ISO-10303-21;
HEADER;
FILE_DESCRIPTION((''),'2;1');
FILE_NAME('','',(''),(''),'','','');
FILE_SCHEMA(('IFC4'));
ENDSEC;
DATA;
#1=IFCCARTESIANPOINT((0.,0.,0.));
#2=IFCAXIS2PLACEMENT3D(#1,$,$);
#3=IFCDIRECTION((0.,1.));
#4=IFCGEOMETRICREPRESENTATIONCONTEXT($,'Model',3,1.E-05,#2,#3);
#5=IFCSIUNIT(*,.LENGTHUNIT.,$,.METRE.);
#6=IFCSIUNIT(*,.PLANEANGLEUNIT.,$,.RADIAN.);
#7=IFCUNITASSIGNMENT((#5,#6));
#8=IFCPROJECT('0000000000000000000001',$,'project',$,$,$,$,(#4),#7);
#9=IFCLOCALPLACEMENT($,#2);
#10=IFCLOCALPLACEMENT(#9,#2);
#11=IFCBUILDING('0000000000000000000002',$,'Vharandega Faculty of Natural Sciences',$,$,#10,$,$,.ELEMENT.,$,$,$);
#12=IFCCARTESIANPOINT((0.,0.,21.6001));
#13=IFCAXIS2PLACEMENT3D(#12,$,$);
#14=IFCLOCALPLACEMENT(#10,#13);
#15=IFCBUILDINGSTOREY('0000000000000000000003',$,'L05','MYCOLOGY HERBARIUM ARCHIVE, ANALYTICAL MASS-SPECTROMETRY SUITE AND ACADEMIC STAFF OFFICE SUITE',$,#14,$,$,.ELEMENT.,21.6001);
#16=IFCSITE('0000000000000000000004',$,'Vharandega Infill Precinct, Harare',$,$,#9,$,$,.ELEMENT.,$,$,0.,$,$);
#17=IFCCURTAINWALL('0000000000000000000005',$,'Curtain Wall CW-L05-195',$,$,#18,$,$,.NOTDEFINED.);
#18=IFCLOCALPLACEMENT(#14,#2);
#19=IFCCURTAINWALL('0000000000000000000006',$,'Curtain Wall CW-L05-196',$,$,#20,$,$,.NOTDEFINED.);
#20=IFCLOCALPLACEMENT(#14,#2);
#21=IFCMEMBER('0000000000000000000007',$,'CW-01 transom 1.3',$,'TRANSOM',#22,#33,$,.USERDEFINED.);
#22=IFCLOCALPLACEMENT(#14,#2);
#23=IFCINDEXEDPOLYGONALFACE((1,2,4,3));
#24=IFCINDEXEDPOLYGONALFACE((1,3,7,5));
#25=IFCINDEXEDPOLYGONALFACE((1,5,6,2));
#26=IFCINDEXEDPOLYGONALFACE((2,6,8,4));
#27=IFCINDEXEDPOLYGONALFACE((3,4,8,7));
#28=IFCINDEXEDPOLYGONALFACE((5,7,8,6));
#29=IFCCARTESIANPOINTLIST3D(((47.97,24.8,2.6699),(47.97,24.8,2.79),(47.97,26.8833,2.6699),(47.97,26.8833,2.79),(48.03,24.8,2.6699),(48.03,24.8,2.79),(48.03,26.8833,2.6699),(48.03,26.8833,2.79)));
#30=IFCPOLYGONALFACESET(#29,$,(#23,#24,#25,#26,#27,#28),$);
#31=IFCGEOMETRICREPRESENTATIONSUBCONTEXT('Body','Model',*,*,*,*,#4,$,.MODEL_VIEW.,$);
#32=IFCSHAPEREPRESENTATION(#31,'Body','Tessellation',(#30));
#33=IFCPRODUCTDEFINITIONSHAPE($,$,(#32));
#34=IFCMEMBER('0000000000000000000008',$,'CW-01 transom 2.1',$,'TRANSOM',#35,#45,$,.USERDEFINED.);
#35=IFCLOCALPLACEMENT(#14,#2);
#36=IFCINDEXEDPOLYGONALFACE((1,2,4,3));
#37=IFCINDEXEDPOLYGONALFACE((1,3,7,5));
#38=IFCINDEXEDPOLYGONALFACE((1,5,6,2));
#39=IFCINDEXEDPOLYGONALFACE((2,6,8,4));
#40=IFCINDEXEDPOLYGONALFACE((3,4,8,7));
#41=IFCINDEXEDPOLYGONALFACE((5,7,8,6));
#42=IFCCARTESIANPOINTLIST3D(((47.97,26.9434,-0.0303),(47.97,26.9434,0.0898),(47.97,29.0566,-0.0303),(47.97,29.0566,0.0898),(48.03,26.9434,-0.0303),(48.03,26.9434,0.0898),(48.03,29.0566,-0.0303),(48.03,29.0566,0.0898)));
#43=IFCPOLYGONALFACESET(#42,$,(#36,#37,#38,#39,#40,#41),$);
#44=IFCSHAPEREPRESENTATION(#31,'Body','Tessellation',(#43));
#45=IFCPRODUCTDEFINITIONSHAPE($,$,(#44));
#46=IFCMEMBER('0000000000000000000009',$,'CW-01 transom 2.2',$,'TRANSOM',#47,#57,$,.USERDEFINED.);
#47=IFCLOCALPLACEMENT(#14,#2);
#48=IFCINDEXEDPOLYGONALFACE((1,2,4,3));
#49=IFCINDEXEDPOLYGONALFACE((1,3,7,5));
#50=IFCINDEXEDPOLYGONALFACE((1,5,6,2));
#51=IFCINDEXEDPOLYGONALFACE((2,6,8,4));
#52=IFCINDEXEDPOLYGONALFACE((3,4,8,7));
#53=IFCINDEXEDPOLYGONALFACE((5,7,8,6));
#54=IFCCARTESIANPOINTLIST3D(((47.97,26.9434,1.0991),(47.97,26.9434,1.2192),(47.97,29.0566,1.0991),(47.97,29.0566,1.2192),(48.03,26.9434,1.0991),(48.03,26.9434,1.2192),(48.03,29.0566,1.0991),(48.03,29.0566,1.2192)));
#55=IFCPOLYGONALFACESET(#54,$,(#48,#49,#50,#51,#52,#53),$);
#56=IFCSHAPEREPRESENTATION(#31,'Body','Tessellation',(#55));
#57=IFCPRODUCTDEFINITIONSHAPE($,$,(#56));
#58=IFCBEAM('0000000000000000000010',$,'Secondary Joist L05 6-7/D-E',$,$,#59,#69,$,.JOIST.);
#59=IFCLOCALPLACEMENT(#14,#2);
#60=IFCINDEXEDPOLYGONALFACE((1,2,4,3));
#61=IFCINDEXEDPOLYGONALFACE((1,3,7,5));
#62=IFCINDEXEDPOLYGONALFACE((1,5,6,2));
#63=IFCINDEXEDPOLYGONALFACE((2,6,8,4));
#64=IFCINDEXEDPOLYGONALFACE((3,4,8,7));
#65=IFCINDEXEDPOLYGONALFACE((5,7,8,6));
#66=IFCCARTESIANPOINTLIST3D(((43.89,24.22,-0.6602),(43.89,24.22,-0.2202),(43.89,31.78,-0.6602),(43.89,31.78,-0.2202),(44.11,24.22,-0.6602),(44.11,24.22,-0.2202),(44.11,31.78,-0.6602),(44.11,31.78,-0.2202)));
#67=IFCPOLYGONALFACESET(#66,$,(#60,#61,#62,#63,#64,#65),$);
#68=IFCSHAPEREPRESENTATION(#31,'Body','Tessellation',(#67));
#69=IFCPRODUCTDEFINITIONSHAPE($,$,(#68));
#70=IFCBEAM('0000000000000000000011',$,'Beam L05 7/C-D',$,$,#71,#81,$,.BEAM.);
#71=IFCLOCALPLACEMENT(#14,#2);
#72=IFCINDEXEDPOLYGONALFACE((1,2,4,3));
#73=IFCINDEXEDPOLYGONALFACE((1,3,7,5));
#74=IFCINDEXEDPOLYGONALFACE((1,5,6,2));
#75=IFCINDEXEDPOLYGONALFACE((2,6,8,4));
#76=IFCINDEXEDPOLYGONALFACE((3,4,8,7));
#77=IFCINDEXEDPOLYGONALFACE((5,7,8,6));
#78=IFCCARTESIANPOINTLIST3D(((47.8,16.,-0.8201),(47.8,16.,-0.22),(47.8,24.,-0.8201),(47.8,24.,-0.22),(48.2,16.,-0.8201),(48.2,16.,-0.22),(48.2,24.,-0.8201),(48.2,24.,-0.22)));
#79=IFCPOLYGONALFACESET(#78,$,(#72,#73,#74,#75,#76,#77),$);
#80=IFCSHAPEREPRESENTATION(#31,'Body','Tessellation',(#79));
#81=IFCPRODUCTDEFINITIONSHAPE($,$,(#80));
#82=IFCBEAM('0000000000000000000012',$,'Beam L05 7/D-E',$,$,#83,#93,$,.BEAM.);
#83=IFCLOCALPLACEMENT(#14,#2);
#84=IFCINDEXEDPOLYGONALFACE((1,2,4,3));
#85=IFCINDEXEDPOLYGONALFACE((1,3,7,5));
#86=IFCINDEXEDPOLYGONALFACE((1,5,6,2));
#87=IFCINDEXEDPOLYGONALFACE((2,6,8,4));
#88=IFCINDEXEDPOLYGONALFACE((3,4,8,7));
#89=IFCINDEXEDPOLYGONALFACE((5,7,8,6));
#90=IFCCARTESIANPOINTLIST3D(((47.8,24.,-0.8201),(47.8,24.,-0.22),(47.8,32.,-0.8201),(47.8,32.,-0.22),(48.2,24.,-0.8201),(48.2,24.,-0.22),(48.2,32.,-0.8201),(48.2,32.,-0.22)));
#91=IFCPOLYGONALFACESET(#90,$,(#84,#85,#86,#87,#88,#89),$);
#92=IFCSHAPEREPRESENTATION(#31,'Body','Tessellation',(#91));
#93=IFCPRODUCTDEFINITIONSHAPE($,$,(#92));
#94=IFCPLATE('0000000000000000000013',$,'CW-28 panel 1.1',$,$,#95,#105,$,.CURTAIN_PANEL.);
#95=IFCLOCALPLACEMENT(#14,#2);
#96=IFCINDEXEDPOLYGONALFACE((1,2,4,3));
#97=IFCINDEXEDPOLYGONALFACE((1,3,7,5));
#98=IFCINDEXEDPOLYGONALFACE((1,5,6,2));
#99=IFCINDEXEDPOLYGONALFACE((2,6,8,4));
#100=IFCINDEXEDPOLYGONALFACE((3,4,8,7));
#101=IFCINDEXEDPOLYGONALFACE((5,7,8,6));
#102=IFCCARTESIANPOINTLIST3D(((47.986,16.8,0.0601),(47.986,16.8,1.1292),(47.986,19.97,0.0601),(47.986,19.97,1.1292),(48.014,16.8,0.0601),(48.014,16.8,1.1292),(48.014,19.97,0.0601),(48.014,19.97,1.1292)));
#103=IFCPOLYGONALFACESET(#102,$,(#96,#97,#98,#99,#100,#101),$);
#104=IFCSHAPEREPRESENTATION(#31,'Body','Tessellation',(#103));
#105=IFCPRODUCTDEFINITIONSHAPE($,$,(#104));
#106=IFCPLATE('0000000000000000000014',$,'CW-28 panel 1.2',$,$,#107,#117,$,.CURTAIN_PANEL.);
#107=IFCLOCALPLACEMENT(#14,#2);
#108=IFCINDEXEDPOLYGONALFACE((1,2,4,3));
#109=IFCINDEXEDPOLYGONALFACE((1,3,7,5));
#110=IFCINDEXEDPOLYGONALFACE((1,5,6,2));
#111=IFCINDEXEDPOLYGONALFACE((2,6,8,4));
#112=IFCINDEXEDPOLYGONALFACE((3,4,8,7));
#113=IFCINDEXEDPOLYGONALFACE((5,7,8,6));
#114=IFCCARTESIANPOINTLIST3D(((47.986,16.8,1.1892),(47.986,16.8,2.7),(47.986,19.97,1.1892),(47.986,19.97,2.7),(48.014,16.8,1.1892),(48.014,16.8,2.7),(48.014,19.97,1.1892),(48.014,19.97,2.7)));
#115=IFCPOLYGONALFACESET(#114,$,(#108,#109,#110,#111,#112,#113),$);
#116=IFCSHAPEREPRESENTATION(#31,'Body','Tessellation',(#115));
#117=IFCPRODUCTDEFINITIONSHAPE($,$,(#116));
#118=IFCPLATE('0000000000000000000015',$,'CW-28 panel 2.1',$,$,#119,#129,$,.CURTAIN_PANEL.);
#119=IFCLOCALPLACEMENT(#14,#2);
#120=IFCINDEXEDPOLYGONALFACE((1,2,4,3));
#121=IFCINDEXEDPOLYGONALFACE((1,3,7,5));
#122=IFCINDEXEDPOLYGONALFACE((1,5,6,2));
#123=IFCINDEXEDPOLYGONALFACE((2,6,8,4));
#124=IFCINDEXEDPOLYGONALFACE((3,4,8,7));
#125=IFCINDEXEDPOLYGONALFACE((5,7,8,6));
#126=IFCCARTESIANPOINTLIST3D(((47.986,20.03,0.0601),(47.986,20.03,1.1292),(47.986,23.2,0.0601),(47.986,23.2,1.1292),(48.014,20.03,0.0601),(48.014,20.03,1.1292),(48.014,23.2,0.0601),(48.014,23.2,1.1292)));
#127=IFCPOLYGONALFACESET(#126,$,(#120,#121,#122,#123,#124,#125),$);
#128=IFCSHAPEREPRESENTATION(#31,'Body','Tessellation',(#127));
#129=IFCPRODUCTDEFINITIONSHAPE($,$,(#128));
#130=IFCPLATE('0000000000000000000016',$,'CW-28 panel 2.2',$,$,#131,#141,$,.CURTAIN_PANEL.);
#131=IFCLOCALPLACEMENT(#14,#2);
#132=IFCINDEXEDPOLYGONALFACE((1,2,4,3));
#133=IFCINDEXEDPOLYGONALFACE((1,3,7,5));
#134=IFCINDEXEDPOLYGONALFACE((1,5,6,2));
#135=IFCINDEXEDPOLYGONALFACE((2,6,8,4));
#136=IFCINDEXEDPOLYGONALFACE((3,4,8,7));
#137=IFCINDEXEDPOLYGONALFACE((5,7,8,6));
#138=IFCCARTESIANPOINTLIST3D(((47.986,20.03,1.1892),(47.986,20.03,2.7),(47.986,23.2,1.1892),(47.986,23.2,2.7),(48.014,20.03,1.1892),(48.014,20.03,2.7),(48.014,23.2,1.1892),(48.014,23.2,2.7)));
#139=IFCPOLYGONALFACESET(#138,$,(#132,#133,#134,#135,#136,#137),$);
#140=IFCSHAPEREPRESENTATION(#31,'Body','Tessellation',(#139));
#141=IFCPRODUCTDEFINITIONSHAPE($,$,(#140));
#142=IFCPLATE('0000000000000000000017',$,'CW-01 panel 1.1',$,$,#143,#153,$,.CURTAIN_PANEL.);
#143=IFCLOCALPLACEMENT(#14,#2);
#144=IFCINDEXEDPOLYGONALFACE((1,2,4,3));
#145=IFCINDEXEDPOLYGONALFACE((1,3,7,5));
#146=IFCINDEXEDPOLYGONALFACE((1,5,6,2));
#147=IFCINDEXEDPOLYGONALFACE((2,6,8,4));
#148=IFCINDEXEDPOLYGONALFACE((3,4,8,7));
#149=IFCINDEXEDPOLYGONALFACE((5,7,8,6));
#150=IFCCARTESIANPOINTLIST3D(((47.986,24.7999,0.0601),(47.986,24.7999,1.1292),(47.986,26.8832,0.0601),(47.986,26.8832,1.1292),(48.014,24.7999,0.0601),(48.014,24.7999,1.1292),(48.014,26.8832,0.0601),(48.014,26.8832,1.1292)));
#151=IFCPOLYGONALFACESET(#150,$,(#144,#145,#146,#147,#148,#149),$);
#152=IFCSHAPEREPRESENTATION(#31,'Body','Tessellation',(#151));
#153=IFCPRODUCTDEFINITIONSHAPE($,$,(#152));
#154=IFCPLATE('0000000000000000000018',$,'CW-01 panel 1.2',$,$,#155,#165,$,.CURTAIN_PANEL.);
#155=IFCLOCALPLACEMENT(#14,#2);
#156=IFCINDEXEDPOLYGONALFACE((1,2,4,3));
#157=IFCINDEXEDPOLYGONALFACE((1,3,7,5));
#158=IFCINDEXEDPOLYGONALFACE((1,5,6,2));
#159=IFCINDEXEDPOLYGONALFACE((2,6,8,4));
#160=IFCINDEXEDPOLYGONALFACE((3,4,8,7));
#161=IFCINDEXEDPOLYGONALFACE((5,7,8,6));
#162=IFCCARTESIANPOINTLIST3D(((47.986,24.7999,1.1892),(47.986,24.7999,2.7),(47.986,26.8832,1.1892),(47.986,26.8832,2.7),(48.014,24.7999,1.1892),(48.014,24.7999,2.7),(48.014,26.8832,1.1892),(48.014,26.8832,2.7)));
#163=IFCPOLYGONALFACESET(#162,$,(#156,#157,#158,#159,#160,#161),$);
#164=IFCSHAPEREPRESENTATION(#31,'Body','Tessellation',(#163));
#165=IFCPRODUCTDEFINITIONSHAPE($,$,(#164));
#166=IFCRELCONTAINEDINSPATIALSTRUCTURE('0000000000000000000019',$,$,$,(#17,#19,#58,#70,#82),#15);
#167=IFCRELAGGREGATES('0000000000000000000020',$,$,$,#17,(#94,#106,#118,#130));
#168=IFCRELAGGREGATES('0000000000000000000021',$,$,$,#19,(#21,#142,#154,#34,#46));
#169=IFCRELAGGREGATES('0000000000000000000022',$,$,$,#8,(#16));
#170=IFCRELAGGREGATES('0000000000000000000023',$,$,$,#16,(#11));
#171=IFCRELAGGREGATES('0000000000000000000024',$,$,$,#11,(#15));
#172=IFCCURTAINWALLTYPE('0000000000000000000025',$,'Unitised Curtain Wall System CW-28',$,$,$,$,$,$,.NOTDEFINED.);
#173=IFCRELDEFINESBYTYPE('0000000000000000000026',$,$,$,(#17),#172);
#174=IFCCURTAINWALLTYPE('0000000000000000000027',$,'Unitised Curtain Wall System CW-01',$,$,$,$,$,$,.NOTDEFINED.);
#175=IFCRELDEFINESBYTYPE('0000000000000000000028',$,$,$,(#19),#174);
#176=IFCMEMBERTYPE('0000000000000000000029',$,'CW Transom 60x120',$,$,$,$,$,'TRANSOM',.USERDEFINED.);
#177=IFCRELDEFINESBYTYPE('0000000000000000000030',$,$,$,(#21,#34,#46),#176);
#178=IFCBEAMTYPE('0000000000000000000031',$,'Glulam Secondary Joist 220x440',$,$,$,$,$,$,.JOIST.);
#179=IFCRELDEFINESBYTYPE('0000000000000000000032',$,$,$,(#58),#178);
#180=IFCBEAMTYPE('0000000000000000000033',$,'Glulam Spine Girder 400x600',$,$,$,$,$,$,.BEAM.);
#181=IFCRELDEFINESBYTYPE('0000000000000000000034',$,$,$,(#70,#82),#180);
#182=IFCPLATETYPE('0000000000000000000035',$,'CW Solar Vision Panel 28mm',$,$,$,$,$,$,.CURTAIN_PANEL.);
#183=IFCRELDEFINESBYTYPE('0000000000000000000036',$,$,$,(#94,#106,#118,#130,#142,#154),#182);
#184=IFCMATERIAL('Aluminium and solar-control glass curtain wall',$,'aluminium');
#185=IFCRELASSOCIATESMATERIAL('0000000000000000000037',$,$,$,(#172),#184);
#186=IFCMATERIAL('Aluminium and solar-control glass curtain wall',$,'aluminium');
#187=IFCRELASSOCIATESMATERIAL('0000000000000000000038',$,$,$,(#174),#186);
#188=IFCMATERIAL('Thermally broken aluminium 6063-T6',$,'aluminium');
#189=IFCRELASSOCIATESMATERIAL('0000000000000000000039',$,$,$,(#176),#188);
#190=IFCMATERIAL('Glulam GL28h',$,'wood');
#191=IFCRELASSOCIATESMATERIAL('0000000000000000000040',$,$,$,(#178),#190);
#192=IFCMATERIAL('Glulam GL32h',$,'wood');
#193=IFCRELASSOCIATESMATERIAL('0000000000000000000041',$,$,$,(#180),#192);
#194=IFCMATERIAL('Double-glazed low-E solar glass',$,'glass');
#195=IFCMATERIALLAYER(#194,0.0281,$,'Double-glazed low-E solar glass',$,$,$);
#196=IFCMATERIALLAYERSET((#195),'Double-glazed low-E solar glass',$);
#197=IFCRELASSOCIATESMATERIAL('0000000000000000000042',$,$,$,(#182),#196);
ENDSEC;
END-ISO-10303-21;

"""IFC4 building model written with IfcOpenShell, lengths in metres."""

from ifc_helpers import new_model, si_unit, direction, frame, origin, origin_2d, place, context, subcontext, project, spatial, rectangle, extrude, material, layer, layer_set, material_profile, profile_set, type_object, element, aggregate, save


model = new_model("IFC4")

# Units and contexts
model_context = context("Model", 3, precision=1e-05, world=origin(), true_north=direction((0.0, 1.0)))
body_context = subcontext(model_context, "Body", "Model", "MODEL_VIEW")
ifc_project = project(units=[si_unit("LENGTHUNIT", "METRE"), si_unit("PLANEANGLEUNIT", "RADIAN")], contexts=[model_context])

# Site, building, storey
site_placement = place(None, origin())
site = spatial("IfcSite", under=ifc_project, at=site_placement, Name="Vharandega Infill Precinct, Harare", CompositionType="ELEMENT", RefElevation=0.0)
building_placement = place(site_placement, origin())
building = spatial("IfcBuilding", under=site, at=building_placement, Name="Vharandega Faculty of Natural Sciences", CompositionType="ELEMENT")
storey_placement = place(building_placement, frame((0.0, 0.0, 21.6001)))
storey = spatial("IfcBuildingStorey", under=building, at=storey_placement, Name="L05", Description="MYCOLOGY HERBARIUM ARCHIVE, ANALYTICAL MASS-SPECTROMETRY SUITE AND ACADEMIC STAFF OFFICE SUITE", CompositionType="ELEMENT", Elevation=21.6001)

# Curtain walls
ifc_material_1 = material(Name="Aluminium and solar-control glass curtain wall", Category="aluminium")
curtain_wall_type_1 = type_object("IfcCurtainWallType", Name="Unitised Curtain Wall System CW-28", PredefinedType="NOTDEFINED", material=ifc_material_1)
curtain_wall_1_placement = place(storey_placement, origin())
curtain_wall_1 = element("IfcCurtainWall", 1, at=curtain_wall_1_placement, inside=storey, type_object=curtain_wall_type_1, Name="Curtain Wall CW-L05-195", PredefinedType="NOTDEFINED")
ifc_material_2 = material(Name="Aluminium and solar-control glass curtain wall", Category="aluminium")
curtain_wall_type_2 = type_object("IfcCurtainWallType", Name="Unitised Curtain Wall System CW-01", PredefinedType="NOTDEFINED", material=ifc_material_2)
curtain_wall_2_placement = place(storey_placement, origin())
curtain_wall_2 = element("IfcCurtainWall", 2, at=curtain_wall_2_placement, inside=storey, type_object=curtain_wall_type_2, Name="Curtain Wall CW-L05-196", PredefinedType="NOTDEFINED")

# Members
ifc_material_3 = material(Name="Thermally broken aluminium 6063-T6", Category="aluminium")
ifc_material_profile_1 = material_profile(ifc_material_3, rectangle(XDim=0.0601, YDim=0.1201, at=origin_2d()), Name="ALU 60x120")
ifc_profile_set_1 = profile_set([ifc_material_profile_1], Name="Thermally broken aluminium 6063-T6")
member_type_1 = type_object("IfcMemberType", Name="CW Transom 60x120", ElementType="TRANSOM", PredefinedType="USERDEFINED", material=ifc_profile_set_1)
member_1_placement = place(storey_placement, frame((48.0, 24.8, 2.73), z_axis=(0.0, 1.0, 0.0), x_axis=(-1.0, 0.0, 0.0)))
member_1 = element("IfcMember", 3, at=member_1_placement, type_object=member_type_1, Name="CW-01 transom 1.3", ObjectType="TRANSOM", PredefinedType="USERDEFINED", context=body_context, shape_type="SweptSolid", body=[
    extrude(rectangle(XDim=0.0601, YDim=0.1201, at=origin_2d()), origin(), (0.0, 0.0, 1.0), 2.0833),
])
member_2_placement = place(storey_placement, frame((48.0, 26.9434, 0.0298), z_axis=(0.0, 1.0, 0.0), x_axis=(-1.0, 0.0, 0.0)))
member_2 = element("IfcMember", 4, at=member_2_placement, type_object=member_type_1, Name="CW-01 transom 2.1", ObjectType="TRANSOM", PredefinedType="USERDEFINED", context=body_context, shape_type="SweptSolid", body=[
    extrude(rectangle(XDim=0.0601, YDim=0.1201, at=origin_2d()), origin(), (0.0, 0.0, 1.0), 2.1133),
])
member_3_placement = place(storey_placement, frame((48.0, 26.9434, 1.1592), z_axis=(0.0, 1.0, 0.0), x_axis=(-1.0, 0.0, 0.0)))
member_3 = element("IfcMember", 5, at=member_3_placement, type_object=member_type_1, Name="CW-01 transom 2.2", ObjectType="TRANSOM", PredefinedType="USERDEFINED", context=body_context, shape_type="SweptSolid", body=[
    extrude(rectangle(XDim=0.0601, YDim=0.1201, at=origin_2d()), origin(), (0.0, 0.0, 1.0), 2.1133),
])

# Beams
ifc_material_4 = material(Name="Glulam GL28h", Category="wood")
ifc_material_profile_2 = material_profile(ifc_material_4, rectangle(XDim=0.22, YDim=0.4399, at=origin_2d()), Name="GL28h 220x440")
ifc_profile_set_2 = profile_set([ifc_material_profile_2], Name="Glulam GL28h")
beam_type_1 = type_object("IfcBeamType", Name="Glulam Secondary Joist 220x440", PredefinedType="JOIST", material=ifc_profile_set_2)
beam_placement = place(storey_placement, frame((44.0, 24.22, -0.4402), z_axis=(0.0, 1.0, 0.0), x_axis=(-1.0, 0.0, 0.0)))
element("IfcBeam", 6, at=beam_placement, inside=storey, type_object=beam_type_1, Name="Secondary Joist L05 6-7/D-E", PredefinedType="JOIST", context=body_context, shape_type="SweptSolid", body=[
    extrude(rectangle(XDim=0.22, YDim=0.4399, at=origin_2d()), origin(), (0.0, 0.0, 1.0), 7.5601),
])
ifc_material_5 = material(Name="Glulam GL32h", Category="wood")
ifc_material_profile_3 = material_profile(ifc_material_5, rectangle(XDim=0.3999, YDim=0.6001, at=origin_2d()), Name="GL32h 400x600")
ifc_profile_set_3 = profile_set([ifc_material_profile_3], Name="Glulam GL32h")
beam_type_2 = type_object("IfcBeamType", Name="Glulam Spine Girder 400x600", PredefinedType="BEAM", material=ifc_profile_set_3)
for number, where, z_axis, x_axis, name in (
    (7, (48.0, 16.0, -0.52), (0.0, 1.0, 0.0), (-1.0, 0.0, 0.0), "Beam L05 7/C-D"),
    (8, (48.0, 24.0, -0.52), (0.0, 1.0, 0.0), (-1.0, 0.0, 0.0), "Beam L05 7/D-E"),
):
    element("IfcBeam", number, at=place(storey_placement, frame(where, z_axis=z_axis, x_axis=x_axis)), inside=storey, type_object=beam_type_2, Name=name, PredefinedType="BEAM", context=body_context, shape_type="SweptSolid", body=[
        extrude(rectangle(XDim=0.3999, YDim=0.6001, at=origin_2d()), origin(), (0.0, 0.0, 1.0), 8.0),
    ])

# Plates
ifc_material_6 = material(Name="Double-glazed low-E solar glass", Category="glass")
ifc_layer_1 = layer(ifc_material_6, 0.0281, Name="Double-glazed low-E solar glass")
ifc_layer_set_1 = layer_set([ifc_layer_1], Name="Double-glazed low-E solar glass")
plate_type = type_object("IfcPlateType", Name="CW Solar Vision Panel 28mm", PredefinedType="CURTAIN_PANEL", material=ifc_layer_set_1)
plate_1_placement = place(storey_placement, frame((48.0, 18.385, 0.0601), z_axis=(0.0, 0.0, 1.0), x_axis=(0.0, 1.0, 0.0)))
plate_1 = element("IfcPlate", 9, at=plate_1_placement, type_object=plate_type, Name="CW-28 panel 1.1", PredefinedType="CURTAIN_PANEL", context=body_context, shape_type="SweptSolid", body=[
    extrude(rectangle(XDim=3.1699, YDim=0.0281, at=origin_2d()), origin(), (0.0, 0.0, 1.0), 1.0691),
])
plate_2_placement = place(storey_placement, frame((48.0, 18.385, 1.1892), z_axis=(0.0, 0.0, 1.0), x_axis=(0.0, 1.0, 0.0)))
plate_2 = element("IfcPlate", 10, at=plate_2_placement, type_object=plate_type, Name="CW-28 panel 1.2", PredefinedType="CURTAIN_PANEL", context=body_context, shape_type="SweptSolid", body=[
    extrude(rectangle(XDim=3.1699, YDim=0.0281, at=origin_2d()), origin(), (0.0, 0.0, 1.0), 1.5107),
])
plate_3_placement = place(storey_placement, frame((48.0, 21.615, 0.0601), z_axis=(0.0, 0.0, 1.0), x_axis=(0.0, 1.0, 0.0)))
plate_3 = element("IfcPlate", 11, at=plate_3_placement, type_object=plate_type, Name="CW-28 panel 2.1", PredefinedType="CURTAIN_PANEL", context=body_context, shape_type="SweptSolid", body=[
    extrude(rectangle(XDim=3.1699, YDim=0.0281, at=origin_2d()), origin(), (0.0, 0.0, 1.0), 1.0691),
])
plate_4_placement = place(storey_placement, frame((48.0, 21.615, 1.1892), z_axis=(0.0, 0.0, 1.0), x_axis=(0.0, 1.0, 0.0)))
plate_4 = element("IfcPlate", 12, at=plate_4_placement, type_object=plate_type, Name="CW-28 panel 2.2", PredefinedType="CURTAIN_PANEL", context=body_context, shape_type="SweptSolid", body=[
    extrude(rectangle(XDim=3.1699, YDim=0.0281, at=origin_2d()), origin(), (0.0, 0.0, 1.0), 1.5107),
])
aggregate(curtain_wall_1, [plate_1, plate_2, plate_3, plate_4])
plate_5_placement = place(storey_placement, frame((48.0, 25.8416, 0.0601), z_axis=(0.0, 0.0, 1.0), x_axis=(0.0, 1.0, 0.0)))
plate_5 = element("IfcPlate", 13, at=plate_5_placement, type_object=plate_type, Name="CW-01 panel 1.1", PredefinedType="CURTAIN_PANEL", context=body_context, shape_type="SweptSolid", body=[
    extrude(rectangle(XDim=2.0833, YDim=0.0281, at=origin_2d()), origin(), (0.0, 0.0, 1.0), 1.0691),
])
plate_6_placement = place(storey_placement, frame((48.0, 25.8416, 1.1892), z_axis=(0.0, 0.0, 1.0), x_axis=(0.0, 1.0, 0.0)))
plate_6 = element("IfcPlate", 14, at=plate_6_placement, type_object=plate_type, Name="CW-01 panel 1.2", PredefinedType="CURTAIN_PANEL", context=body_context, shape_type="SweptSolid", body=[
    extrude(rectangle(XDim=2.0833, YDim=0.0281, at=origin_2d()), origin(), (0.0, 0.0, 1.0), 1.5107),
])
aggregate(curtain_wall_2, [member_1, plate_5, plate_6, member_2, member_3])

save(model, "model.ifc")
